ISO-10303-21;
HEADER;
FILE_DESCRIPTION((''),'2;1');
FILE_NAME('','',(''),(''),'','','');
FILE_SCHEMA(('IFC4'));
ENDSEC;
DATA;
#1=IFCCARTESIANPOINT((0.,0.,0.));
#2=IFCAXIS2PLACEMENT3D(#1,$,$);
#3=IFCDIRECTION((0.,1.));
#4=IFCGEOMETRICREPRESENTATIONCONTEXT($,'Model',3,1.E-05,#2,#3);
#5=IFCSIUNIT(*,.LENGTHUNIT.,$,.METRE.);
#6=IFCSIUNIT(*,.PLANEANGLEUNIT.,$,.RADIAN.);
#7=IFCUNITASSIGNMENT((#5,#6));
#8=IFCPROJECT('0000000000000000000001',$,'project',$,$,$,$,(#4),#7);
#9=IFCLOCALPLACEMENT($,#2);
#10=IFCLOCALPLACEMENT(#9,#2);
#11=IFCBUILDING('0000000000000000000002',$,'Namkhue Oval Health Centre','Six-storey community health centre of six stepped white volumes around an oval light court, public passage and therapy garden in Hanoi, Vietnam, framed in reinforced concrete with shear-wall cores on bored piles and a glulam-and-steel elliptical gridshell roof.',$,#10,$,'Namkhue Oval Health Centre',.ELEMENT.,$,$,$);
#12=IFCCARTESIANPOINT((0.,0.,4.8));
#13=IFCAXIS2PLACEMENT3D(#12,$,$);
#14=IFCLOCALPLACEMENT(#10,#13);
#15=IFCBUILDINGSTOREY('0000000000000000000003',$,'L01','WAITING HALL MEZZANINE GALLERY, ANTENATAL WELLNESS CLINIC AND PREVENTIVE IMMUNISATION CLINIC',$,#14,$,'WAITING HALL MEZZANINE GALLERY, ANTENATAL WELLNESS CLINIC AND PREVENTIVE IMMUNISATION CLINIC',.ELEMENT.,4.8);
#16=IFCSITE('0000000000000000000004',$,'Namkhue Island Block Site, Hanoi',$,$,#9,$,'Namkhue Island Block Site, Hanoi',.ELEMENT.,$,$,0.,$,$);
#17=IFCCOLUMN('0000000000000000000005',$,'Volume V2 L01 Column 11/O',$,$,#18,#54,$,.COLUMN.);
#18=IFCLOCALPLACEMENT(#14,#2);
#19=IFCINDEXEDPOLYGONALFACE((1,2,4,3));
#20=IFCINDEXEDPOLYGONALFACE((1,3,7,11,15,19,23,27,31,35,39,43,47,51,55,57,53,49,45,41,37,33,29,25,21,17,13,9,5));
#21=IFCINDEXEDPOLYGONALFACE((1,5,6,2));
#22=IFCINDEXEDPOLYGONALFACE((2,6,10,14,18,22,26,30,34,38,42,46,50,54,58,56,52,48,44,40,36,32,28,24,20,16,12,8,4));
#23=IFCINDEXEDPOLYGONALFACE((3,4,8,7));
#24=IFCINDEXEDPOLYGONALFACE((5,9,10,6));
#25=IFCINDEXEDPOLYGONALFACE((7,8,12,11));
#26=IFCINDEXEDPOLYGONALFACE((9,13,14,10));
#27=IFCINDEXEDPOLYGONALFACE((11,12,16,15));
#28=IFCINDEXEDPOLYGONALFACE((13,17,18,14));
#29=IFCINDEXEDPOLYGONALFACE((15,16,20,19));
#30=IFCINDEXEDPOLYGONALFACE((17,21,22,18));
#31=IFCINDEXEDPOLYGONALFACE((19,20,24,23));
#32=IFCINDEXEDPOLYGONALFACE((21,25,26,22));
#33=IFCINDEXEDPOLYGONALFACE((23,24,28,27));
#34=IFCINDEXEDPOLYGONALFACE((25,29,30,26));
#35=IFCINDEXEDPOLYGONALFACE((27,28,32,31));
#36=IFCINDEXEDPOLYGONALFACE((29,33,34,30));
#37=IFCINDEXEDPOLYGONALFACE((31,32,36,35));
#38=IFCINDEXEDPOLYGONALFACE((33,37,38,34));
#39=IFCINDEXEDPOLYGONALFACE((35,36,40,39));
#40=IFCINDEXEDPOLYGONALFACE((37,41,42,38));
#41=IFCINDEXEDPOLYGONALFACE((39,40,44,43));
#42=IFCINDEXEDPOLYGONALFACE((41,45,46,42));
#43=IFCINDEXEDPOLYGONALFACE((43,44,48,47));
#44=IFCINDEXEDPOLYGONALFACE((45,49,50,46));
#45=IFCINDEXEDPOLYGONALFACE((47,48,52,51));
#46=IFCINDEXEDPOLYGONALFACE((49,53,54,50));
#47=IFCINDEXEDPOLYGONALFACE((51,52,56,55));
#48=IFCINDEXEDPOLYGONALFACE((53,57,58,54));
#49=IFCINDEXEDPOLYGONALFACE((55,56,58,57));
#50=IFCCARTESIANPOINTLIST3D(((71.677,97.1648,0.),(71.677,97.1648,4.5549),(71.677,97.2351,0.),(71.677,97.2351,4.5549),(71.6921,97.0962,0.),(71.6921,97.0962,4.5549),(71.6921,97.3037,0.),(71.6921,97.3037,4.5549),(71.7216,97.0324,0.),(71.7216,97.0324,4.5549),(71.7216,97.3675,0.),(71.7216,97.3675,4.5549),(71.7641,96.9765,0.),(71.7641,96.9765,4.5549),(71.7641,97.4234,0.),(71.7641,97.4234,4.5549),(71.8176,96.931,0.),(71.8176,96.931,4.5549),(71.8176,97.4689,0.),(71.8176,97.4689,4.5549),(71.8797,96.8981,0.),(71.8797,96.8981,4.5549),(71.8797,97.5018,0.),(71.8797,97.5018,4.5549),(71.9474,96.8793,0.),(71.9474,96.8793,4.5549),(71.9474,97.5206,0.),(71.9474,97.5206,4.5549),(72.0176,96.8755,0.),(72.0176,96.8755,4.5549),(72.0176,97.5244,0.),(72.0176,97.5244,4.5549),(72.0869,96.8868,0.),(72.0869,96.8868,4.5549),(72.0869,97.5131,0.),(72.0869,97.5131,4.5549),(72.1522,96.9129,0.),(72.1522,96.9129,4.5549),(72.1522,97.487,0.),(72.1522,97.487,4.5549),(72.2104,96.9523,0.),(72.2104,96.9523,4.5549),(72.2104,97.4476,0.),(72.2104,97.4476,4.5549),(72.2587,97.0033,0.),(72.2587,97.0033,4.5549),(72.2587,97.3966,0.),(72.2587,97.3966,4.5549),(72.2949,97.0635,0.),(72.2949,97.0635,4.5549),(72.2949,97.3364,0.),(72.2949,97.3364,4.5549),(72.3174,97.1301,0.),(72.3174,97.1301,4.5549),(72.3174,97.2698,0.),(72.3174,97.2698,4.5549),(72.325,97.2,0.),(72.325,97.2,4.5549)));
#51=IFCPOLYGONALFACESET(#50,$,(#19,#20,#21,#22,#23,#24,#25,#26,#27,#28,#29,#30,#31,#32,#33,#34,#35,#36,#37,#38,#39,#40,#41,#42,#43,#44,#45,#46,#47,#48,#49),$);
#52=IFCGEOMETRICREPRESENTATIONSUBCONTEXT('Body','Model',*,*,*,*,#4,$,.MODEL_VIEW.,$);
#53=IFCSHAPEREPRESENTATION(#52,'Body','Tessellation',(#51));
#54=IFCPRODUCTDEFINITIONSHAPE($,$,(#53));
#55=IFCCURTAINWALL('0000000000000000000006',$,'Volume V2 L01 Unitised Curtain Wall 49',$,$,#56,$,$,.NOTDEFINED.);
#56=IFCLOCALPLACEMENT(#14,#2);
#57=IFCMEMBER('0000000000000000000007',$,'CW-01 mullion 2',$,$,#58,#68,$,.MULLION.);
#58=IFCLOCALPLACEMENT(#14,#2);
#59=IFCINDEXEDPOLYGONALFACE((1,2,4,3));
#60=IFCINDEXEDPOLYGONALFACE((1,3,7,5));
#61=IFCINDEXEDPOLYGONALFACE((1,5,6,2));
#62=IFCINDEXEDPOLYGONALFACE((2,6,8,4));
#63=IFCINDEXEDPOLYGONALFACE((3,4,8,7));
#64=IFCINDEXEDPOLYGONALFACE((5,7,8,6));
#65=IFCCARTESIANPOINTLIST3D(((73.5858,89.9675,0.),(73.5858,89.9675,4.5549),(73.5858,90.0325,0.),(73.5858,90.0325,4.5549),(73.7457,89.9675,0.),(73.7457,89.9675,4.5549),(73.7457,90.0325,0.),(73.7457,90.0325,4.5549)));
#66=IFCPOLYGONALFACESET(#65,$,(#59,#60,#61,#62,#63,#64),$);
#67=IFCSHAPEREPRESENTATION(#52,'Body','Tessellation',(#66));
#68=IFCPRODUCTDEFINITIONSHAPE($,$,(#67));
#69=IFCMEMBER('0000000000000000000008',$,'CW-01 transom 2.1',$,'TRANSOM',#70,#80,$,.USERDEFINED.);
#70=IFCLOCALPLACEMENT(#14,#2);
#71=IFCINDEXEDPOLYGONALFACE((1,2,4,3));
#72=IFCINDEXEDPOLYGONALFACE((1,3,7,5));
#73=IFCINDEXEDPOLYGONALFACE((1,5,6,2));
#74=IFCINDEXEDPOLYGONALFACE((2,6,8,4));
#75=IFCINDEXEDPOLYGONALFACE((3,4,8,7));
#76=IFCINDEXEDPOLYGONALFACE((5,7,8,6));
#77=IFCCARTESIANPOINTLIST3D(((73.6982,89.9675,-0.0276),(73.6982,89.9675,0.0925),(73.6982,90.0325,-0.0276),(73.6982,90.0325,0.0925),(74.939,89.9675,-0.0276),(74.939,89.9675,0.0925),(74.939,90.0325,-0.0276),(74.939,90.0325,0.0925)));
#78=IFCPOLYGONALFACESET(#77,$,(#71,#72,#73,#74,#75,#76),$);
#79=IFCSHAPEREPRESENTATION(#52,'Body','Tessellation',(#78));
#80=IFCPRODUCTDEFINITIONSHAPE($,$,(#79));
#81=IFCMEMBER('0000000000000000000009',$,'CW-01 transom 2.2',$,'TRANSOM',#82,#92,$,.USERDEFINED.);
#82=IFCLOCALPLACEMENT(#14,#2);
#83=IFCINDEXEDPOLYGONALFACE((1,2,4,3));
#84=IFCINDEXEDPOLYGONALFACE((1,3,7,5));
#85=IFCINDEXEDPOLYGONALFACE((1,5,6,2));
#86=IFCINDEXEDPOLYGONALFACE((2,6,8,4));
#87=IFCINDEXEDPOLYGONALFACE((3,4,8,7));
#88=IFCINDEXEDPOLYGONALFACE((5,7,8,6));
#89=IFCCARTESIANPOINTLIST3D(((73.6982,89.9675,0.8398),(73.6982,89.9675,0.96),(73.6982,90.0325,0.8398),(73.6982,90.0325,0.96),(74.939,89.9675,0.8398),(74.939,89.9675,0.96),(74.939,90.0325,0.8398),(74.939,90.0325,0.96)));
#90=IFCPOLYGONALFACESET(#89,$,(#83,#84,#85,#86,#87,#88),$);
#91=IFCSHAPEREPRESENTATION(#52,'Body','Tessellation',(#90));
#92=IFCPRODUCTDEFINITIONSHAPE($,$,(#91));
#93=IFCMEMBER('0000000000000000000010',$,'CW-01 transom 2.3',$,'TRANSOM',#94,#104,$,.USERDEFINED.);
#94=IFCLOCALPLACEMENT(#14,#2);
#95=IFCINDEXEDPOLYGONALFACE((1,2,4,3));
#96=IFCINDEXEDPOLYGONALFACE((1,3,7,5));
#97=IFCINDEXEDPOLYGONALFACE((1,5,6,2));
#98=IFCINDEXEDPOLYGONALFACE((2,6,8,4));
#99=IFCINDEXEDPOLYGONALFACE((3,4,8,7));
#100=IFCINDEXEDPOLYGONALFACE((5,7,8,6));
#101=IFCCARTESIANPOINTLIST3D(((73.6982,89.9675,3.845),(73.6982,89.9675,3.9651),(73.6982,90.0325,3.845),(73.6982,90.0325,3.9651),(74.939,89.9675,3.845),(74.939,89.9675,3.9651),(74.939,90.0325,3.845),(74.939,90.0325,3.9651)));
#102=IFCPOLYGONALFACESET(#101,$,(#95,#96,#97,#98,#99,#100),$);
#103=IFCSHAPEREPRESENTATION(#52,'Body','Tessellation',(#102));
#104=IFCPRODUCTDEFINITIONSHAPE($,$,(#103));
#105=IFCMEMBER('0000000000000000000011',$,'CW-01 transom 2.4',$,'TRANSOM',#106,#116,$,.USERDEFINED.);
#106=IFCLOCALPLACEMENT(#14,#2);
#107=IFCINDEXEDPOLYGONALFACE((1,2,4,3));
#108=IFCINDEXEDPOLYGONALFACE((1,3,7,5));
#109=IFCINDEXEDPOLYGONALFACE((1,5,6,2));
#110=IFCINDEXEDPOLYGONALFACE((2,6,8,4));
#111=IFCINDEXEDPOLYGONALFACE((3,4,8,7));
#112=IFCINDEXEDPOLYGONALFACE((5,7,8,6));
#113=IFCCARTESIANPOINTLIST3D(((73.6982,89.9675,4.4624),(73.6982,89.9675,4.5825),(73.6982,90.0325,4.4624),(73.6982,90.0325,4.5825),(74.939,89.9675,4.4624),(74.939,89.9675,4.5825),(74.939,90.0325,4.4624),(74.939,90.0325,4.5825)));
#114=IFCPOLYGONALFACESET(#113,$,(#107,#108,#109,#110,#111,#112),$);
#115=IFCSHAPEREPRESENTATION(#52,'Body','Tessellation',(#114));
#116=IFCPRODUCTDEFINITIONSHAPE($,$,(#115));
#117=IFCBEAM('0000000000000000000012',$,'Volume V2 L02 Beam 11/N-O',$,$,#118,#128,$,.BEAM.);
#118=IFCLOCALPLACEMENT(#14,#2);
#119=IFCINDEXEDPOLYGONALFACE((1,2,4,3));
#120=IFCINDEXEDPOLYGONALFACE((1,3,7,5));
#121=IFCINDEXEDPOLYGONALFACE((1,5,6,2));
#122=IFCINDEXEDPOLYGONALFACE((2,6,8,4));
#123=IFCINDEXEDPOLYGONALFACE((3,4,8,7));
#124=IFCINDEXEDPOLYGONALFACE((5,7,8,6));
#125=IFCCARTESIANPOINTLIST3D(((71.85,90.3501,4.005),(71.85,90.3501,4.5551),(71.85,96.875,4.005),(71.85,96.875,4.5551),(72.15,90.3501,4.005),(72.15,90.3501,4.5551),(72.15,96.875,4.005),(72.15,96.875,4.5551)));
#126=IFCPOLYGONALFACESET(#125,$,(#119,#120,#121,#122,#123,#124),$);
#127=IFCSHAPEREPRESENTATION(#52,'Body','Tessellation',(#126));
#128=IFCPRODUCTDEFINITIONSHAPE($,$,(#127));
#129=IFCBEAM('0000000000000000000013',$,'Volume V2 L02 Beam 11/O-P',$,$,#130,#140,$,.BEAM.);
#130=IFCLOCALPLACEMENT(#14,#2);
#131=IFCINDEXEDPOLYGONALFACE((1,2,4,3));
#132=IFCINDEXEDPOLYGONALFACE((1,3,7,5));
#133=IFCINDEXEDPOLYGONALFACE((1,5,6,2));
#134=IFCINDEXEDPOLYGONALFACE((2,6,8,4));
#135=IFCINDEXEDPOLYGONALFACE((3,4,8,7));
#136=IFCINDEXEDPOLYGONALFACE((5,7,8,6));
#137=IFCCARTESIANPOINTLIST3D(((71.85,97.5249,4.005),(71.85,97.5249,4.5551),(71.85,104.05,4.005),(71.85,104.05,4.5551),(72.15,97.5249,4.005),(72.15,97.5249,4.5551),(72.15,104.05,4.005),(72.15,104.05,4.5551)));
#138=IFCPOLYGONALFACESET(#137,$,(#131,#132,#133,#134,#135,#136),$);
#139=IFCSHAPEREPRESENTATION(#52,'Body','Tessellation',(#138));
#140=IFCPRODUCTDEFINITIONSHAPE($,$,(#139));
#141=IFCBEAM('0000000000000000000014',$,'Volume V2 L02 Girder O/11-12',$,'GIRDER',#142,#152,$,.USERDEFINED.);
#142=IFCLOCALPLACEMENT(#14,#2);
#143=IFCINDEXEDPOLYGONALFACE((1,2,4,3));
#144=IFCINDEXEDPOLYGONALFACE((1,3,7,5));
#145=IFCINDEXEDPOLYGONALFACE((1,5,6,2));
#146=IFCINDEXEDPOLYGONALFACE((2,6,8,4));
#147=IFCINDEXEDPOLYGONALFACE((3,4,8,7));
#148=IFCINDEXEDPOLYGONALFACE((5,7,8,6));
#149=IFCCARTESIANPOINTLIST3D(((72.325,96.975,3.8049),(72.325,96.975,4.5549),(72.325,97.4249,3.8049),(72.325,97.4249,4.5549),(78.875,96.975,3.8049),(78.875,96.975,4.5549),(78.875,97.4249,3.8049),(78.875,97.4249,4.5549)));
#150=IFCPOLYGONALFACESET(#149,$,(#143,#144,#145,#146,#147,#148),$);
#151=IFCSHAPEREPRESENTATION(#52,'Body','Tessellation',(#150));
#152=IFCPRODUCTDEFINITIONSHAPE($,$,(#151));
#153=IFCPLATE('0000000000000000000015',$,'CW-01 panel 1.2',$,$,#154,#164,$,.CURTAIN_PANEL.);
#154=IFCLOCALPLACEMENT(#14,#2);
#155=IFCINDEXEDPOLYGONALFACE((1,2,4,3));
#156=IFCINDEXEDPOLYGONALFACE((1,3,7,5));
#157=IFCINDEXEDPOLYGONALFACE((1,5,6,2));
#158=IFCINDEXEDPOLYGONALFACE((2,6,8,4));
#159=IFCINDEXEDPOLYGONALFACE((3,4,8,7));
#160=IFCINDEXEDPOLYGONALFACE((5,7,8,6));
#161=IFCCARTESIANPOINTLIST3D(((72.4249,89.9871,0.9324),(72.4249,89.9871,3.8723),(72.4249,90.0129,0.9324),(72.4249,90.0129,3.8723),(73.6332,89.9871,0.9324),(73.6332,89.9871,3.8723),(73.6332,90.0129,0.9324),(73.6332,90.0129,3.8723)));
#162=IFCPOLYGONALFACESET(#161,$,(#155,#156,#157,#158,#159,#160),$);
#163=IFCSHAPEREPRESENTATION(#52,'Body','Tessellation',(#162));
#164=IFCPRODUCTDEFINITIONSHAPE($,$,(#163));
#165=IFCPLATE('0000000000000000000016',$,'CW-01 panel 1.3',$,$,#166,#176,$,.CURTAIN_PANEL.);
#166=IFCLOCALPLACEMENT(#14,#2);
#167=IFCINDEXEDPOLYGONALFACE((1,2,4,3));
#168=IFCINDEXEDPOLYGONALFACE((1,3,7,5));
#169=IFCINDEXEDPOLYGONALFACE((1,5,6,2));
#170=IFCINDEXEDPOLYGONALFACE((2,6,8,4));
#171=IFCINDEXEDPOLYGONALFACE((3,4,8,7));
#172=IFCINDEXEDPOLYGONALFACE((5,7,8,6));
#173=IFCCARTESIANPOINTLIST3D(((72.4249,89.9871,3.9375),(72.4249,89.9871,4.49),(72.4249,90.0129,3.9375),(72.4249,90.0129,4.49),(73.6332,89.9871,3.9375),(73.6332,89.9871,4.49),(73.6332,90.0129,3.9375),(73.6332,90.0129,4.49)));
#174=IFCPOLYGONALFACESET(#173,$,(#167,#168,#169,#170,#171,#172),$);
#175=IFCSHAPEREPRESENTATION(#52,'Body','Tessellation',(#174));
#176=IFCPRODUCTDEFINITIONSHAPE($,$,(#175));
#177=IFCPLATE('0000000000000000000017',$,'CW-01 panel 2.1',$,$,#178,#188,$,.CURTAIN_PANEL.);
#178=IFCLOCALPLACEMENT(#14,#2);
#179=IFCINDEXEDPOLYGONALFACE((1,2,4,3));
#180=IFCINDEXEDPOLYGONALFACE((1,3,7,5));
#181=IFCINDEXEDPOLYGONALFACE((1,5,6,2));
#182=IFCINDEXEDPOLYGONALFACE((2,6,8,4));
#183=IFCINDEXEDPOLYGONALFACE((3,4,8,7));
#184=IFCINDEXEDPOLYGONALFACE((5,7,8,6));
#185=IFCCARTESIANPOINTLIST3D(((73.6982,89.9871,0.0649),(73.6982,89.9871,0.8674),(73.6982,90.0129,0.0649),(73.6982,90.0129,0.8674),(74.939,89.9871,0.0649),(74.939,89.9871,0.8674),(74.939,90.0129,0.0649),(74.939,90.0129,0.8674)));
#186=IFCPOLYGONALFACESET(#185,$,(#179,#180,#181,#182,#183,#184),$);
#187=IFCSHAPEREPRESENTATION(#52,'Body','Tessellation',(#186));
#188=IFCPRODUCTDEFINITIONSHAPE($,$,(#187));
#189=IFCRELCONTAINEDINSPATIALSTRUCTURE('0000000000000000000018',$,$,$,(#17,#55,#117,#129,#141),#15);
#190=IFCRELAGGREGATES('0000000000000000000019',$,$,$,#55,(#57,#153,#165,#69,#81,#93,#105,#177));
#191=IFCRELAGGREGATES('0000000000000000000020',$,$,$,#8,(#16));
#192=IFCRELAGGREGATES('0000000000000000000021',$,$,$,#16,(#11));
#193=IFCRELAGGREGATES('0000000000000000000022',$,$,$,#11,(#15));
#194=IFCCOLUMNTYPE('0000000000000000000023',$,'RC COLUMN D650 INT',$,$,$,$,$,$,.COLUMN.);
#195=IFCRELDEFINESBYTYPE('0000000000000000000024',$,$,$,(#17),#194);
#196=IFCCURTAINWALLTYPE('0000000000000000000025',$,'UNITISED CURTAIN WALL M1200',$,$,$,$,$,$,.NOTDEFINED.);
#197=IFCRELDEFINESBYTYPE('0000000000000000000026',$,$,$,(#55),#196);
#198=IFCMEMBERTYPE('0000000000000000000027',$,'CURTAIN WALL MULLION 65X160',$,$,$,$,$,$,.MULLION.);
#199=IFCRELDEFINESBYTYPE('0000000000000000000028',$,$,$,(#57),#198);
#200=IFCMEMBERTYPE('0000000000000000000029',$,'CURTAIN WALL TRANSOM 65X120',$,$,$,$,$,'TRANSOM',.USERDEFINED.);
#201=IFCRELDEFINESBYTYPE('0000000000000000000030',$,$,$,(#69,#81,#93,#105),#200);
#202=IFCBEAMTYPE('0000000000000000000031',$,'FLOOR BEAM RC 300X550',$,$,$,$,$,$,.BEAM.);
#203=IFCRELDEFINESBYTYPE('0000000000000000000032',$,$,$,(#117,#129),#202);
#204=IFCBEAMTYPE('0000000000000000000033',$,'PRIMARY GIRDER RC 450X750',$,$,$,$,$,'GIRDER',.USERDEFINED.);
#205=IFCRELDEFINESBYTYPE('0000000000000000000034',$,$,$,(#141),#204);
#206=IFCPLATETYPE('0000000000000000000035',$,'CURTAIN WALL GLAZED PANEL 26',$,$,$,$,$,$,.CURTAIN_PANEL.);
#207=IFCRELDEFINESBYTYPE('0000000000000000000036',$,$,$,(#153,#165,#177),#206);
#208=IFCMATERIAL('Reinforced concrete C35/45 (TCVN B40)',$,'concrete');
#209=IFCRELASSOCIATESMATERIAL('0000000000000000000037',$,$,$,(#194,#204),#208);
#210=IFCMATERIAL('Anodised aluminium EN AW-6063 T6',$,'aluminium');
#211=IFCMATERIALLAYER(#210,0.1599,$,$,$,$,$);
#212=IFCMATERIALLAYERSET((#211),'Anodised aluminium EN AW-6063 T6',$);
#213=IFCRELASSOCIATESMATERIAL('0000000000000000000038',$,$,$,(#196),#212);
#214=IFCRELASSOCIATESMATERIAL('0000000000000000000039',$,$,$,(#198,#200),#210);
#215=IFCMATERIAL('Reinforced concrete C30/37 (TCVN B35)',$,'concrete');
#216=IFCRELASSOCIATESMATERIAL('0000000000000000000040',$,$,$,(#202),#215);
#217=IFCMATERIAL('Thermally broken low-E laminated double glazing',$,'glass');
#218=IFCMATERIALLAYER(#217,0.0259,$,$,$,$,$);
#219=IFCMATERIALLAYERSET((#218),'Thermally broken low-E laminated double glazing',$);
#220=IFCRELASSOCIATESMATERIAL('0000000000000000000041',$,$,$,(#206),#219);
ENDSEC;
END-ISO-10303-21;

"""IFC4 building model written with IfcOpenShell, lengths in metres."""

from ifc_helpers import new_model, si_unit, direction, frame, origin, origin_2d, place, context, subcontext, project, spatial, rectangle, circle, extrude, material, layer, layer_set, material_profile, profile_set, type_object, element, aggregate, save


model = new_model("IFC4")

# Units and contexts
model_context = context("Model", 3, precision=1e-05, world=origin(), true_north=direction((0.0, 1.0)))
body_context = subcontext(model_context, "Body", "Model", "MODEL_VIEW")
ifc_project = project(units=[si_unit("LENGTHUNIT", "METRE"), si_unit("PLANEANGLEUNIT", "RADIAN")], contexts=[model_context])

# Site, building, storey
site_placement = place(None, origin())
site = spatial("IfcSite", under=ifc_project, at=site_placement, Name="Namkhue Island Block Site, Hanoi", LongName="Namkhue Island Block Site, Hanoi", CompositionType="ELEMENT", RefElevation=0.0)
building_placement = place(site_placement, origin())
building = spatial("IfcBuilding", under=site, at=building_placement, Name="Namkhue Oval Health Centre", Description="Six-storey community health centre of six stepped white volumes around an oval light court, public passage and therapy garden in Hanoi, Vietnam, framed in reinforced concrete with shear-wall cores on bored piles and a glulam-and-steel elliptical gridshell roof.", LongName="Namkhue Oval Health Centre", CompositionType="ELEMENT")
storey_placement = place(building_placement, frame((0.0, 0.0, 4.8)))
storey = spatial("IfcBuildingStorey", under=building, at=storey_placement, Name="L01", Description="WAITING HALL MEZZANINE GALLERY, ANTENATAL WELLNESS CLINIC AND PREVENTIVE IMMUNISATION CLINIC", LongName="WAITING HALL MEZZANINE GALLERY, ANTENATAL WELLNESS CLINIC AND PREVENTIVE IMMUNISATION CLINIC", CompositionType="ELEMENT", Elevation=4.8)

# Column
ifc_material_1 = material(Name="Reinforced concrete C35/45 (TCVN B40)", Category="concrete")
ifc_material_profile_1 = material_profile(ifc_material_1, circle(Radius=0.325, at=origin_2d()), Name="RC D650")
ifc_profile_set_1 = profile_set([ifc_material_profile_1], Name="Reinforced concrete C35/45 (TCVN B40)")
column_type = type_object("IfcColumnType", Name="RC COLUMN D650 INT", PredefinedType="COLUMN", material=ifc_profile_set_1)
column_placement = place(storey_placement, frame((72.0, 97.2, 0.0), z_axis=(0.0, 0.0, 1.0), x_axis=(1.0, 0.0, 0.0)))
element("IfcColumn", 1, at=column_placement, inside=storey, type_object=column_type, Name="Volume V2 L01 Column 11/O", PredefinedType="COLUMN", context=body_context, shape_type="SweptSolid", body=[
    extrude(circle(Radius=0.325, at=origin_2d()), origin(), (0.0, 0.0, 1.0), 4.5549),
])

# Curtain wall, members
ifc_material_2 = material(Name="Anodised aluminium EN AW-6063 T6", Category="aluminium")
ifc_layer_1 = layer(ifc_material_2, 0.1599)
ifc_layer_set_1 = layer_set([ifc_layer_1], Name="Anodised aluminium EN AW-6063 T6")
curtain_wall_type = type_object("IfcCurtainWallType", Name="UNITISED CURTAIN WALL M1200", PredefinedType="NOTDEFINED", material=ifc_layer_set_1)
curtain_wall_placement = place(storey_placement, origin())
curtain_wall = element("IfcCurtainWall", 2, at=curtain_wall_placement, inside=storey, type_object=curtain_wall_type, Name="Volume V2 L01 Unitised Curtain Wall 49", PredefinedType="NOTDEFINED")
ifc_material_profile_2 = material_profile(ifc_material_2, rectangle(XDim=0.0649, YDim=0.1599, at=origin_2d()), Name="ALU 65x160")
ifc_profile_set_2 = profile_set([ifc_material_profile_2], Name="Anodised aluminium EN AW-6063 T6")
member_type_1 = type_object("IfcMemberType", Name="CURTAIN WALL MULLION 65X160", PredefinedType="MULLION", material=ifc_profile_set_2)
member_1_placement = place(storey_placement, frame((73.6658, 90.0, 0.0), z_axis=(0.0, 0.0, 1.0), x_axis=(0.0, 1.0, 0.0)))
member_1 = element("IfcMember", 3, at=member_1_placement, type_object=member_type_1, Name="CW-01 mullion 2", PredefinedType="MULLION", context=body_context, shape_type="SweptSolid", body=[
    extrude(rectangle(XDim=0.0649, YDim=0.1599, at=origin_2d()), origin(), (0.0, 0.0, 1.0), 4.5549),
])
ifc_material_profile_3 = material_profile(ifc_material_2, rectangle(XDim=0.0649, YDim=0.1201, at=origin_2d()), Name="ALU 65x120")
ifc_profile_set_3 = profile_set([ifc_material_profile_3], Name="Anodised aluminium EN AW-6063 T6")
member_type_2 = type_object("IfcMemberType", Name="CURTAIN WALL TRANSOM 65X120", ElementType="TRANSOM", PredefinedType="USERDEFINED", material=ifc_profile_set_3)
member_2_placement = place(storey_placement, frame((73.6982, 90.0, 0.0325), z_axis=(1.0, 0.0, 0.0), x_axis=(0.0, 1.0, 0.0)))
member_2 = element("IfcMember", 4, at=member_2_placement, type_object=member_type_2, Name="CW-01 transom 2.1", ObjectType="TRANSOM", PredefinedType="USERDEFINED", context=body_context, shape_type="SweptSolid", body=[
    extrude(rectangle(XDim=0.0649, YDim=0.1201, at=origin_2d()), origin(), (0.0, 0.0, 1.0), 1.2407),
])
member_3_placement = place(storey_placement, frame((73.6982, 90.0, 0.8999), z_axis=(1.0, 0.0, 0.0), x_axis=(0.0, 1.0, 0.0)))
member_3 = element("IfcMember", 5, at=member_3_placement, type_object=member_type_2, Name="CW-01 transom 2.2", ObjectType="TRANSOM", PredefinedType="USERDEFINED", context=body_context, shape_type="SweptSolid", body=[
    extrude(rectangle(XDim=0.0649, YDim=0.1201, at=origin_2d()), origin(), (0.0, 0.0, 1.0), 1.2407),
])
member_4_placement = place(storey_placement, frame((73.6982, 90.0, 3.905), z_axis=(1.0, 0.0, 0.0), x_axis=(0.0, 1.0, 0.0)))
member_4 = element("IfcMember", 6, at=member_4_placement, type_object=member_type_2, Name="CW-01 transom 2.3", ObjectType="TRANSOM", PredefinedType="USERDEFINED", context=body_context, shape_type="SweptSolid", body=[
    extrude(rectangle(XDim=0.0649, YDim=0.1201, at=origin_2d()), origin(), (0.0, 0.0, 1.0), 1.2407),
])
member_5_placement = place(storey_placement, frame((73.6982, 90.0, 4.5225), z_axis=(1.0, 0.0, 0.0), x_axis=(0.0, 1.0, 0.0)))
member_5 = element("IfcMember", 7, at=member_5_placement, type_object=member_type_2, Name="CW-01 transom 2.4", ObjectType="TRANSOM", PredefinedType="USERDEFINED", context=body_context, shape_type="SweptSolid", body=[
    extrude(rectangle(XDim=0.0649, YDim=0.1201, at=origin_2d()), origin(), (0.0, 0.0, 1.0), 1.2407),
])

# Beams
ifc_material_3 = material(Name="Reinforced concrete C30/37 (TCVN B35)", Category="concrete")
ifc_material_profile_4 = material_profile(ifc_material_3, rectangle(XDim=0.3, YDim=0.55, at=origin_2d()), Name="RC 300x550")
ifc_profile_set_4 = profile_set([ifc_material_profile_4], Name="Reinforced concrete C30/37 (TCVN B35)")
beam_type_1 = type_object("IfcBeamType", Name="FLOOR BEAM RC 300X550", PredefinedType="BEAM", material=ifc_profile_set_4)
beam_1_placement = place(storey_placement, frame((72.0, 90.3501, 4.28), z_axis=(0.0, 1.0, 0.0), x_axis=(-1.0, 0.0, 0.0)))
element("IfcBeam", 8, at=beam_1_placement, inside=storey, type_object=beam_type_1, Name="Volume V2 L02 Beam 11/N-O", PredefinedType="BEAM", context=body_context, shape_type="SweptSolid", body=[
    extrude(rectangle(XDim=0.3, YDim=0.55, at=origin_2d()), origin(), (0.0, 0.0, 1.0), 6.5249),
])
beam_2_placement = place(storey_placement, frame((72.0, 97.5249, 4.28), z_axis=(0.0, 1.0, 0.0), x_axis=(-1.0, 0.0, 0.0)))
element("IfcBeam", 9, at=beam_2_placement, inside=storey, type_object=beam_type_1, Name="Volume V2 L02 Beam 11/O-P", PredefinedType="BEAM", context=body_context, shape_type="SweptSolid", body=[
    extrude(rectangle(XDim=0.3, YDim=0.55, at=origin_2d()), origin(), (0.0, 0.0, 1.0), 6.5251),
])
ifc_material_profile_5 = material_profile(ifc_material_1, rectangle(XDim=0.45, YDim=0.75, at=origin_2d()), Name="RC 450x750")
ifc_profile_set_5 = profile_set([ifc_material_profile_5], Name="Reinforced concrete C35/45 (TCVN B40)")
beam_type_2 = type_object("IfcBeamType", Name="PRIMARY GIRDER RC 450X750", ElementType="GIRDER", PredefinedType="USERDEFINED", material=ifc_profile_set_5)
beam_3_placement = place(storey_placement, frame((72.325, 97.2, 4.1799), z_axis=(1.0, 0.0, 0.0), x_axis=(0.0, 1.0, 0.0)))
element("IfcBeam", 10, at=beam_3_placement, inside=storey, type_object=beam_type_2, Name="Volume V2 L02 Girder O/11-12", ObjectType="GIRDER", PredefinedType="USERDEFINED", context=body_context, shape_type="SweptSolid", body=[
    extrude(rectangle(XDim=0.45, YDim=0.75, at=origin_2d()), origin(), (0.0, 0.0, 1.0), 6.55),
])

# Plates
ifc_material_4 = material(Name="Thermally broken low-E laminated double glazing", Category="glass")
ifc_layer_2 = layer(ifc_material_4, 0.0259)
ifc_layer_set_2 = layer_set([ifc_layer_2], Name="Thermally broken low-E laminated double glazing")
plate_type = type_object("IfcPlateType", Name="CURTAIN WALL GLAZED PANEL 26", PredefinedType="CURTAIN_PANEL", material=ifc_layer_set_2)
plate_1_placement = place(storey_placement, frame((73.0291, 90.0, 0.9324), z_axis=(0.0, 0.0, 1.0), x_axis=(1.0, 0.0, 0.0)))
plate_1 = element("IfcPlate", 11, at=plate_1_placement, type_object=plate_type, Name="CW-01 panel 1.2", PredefinedType="CURTAIN_PANEL", context=body_context, shape_type="SweptSolid", body=[
    extrude(rectangle(XDim=1.2083, YDim=0.0259, at=origin_2d()), origin(), (0.0, 0.0, 1.0), 2.9399),
])
plate_2_placement = place(storey_placement, frame((73.0291, 90.0, 3.9375), z_axis=(0.0, 0.0, 1.0), x_axis=(1.0, 0.0, 0.0)))
plate_2 = element("IfcPlate", 12, at=plate_2_placement, type_object=plate_type, Name="CW-01 panel 1.3", PredefinedType="CURTAIN_PANEL", context=body_context, shape_type="SweptSolid", body=[
    extrude(rectangle(XDim=1.2083, YDim=0.0259, at=origin_2d()), origin(), (0.0, 0.0, 1.0), 0.5525),
])
plate_3_placement = place(storey_placement, frame((74.3186, 90.0, 0.0649), z_axis=(0.0, 0.0, 1.0), x_axis=(1.0, 0.0, 0.0)))
plate_3 = element("IfcPlate", 13, at=plate_3_placement, type_object=plate_type, Name="CW-01 panel 2.1", PredefinedType="CURTAIN_PANEL", context=body_context, shape_type="SweptSolid", body=[
    extrude(rectangle(XDim=1.2407, YDim=0.0259, at=origin_2d()), origin(), (0.0, 0.0, 1.0), 0.8025),
])
aggregate(curtain_wall, [member_1, plate_1, plate_2, member_2, member_3, member_4, member_5, plate_3])

save(model, "model.ifc")
